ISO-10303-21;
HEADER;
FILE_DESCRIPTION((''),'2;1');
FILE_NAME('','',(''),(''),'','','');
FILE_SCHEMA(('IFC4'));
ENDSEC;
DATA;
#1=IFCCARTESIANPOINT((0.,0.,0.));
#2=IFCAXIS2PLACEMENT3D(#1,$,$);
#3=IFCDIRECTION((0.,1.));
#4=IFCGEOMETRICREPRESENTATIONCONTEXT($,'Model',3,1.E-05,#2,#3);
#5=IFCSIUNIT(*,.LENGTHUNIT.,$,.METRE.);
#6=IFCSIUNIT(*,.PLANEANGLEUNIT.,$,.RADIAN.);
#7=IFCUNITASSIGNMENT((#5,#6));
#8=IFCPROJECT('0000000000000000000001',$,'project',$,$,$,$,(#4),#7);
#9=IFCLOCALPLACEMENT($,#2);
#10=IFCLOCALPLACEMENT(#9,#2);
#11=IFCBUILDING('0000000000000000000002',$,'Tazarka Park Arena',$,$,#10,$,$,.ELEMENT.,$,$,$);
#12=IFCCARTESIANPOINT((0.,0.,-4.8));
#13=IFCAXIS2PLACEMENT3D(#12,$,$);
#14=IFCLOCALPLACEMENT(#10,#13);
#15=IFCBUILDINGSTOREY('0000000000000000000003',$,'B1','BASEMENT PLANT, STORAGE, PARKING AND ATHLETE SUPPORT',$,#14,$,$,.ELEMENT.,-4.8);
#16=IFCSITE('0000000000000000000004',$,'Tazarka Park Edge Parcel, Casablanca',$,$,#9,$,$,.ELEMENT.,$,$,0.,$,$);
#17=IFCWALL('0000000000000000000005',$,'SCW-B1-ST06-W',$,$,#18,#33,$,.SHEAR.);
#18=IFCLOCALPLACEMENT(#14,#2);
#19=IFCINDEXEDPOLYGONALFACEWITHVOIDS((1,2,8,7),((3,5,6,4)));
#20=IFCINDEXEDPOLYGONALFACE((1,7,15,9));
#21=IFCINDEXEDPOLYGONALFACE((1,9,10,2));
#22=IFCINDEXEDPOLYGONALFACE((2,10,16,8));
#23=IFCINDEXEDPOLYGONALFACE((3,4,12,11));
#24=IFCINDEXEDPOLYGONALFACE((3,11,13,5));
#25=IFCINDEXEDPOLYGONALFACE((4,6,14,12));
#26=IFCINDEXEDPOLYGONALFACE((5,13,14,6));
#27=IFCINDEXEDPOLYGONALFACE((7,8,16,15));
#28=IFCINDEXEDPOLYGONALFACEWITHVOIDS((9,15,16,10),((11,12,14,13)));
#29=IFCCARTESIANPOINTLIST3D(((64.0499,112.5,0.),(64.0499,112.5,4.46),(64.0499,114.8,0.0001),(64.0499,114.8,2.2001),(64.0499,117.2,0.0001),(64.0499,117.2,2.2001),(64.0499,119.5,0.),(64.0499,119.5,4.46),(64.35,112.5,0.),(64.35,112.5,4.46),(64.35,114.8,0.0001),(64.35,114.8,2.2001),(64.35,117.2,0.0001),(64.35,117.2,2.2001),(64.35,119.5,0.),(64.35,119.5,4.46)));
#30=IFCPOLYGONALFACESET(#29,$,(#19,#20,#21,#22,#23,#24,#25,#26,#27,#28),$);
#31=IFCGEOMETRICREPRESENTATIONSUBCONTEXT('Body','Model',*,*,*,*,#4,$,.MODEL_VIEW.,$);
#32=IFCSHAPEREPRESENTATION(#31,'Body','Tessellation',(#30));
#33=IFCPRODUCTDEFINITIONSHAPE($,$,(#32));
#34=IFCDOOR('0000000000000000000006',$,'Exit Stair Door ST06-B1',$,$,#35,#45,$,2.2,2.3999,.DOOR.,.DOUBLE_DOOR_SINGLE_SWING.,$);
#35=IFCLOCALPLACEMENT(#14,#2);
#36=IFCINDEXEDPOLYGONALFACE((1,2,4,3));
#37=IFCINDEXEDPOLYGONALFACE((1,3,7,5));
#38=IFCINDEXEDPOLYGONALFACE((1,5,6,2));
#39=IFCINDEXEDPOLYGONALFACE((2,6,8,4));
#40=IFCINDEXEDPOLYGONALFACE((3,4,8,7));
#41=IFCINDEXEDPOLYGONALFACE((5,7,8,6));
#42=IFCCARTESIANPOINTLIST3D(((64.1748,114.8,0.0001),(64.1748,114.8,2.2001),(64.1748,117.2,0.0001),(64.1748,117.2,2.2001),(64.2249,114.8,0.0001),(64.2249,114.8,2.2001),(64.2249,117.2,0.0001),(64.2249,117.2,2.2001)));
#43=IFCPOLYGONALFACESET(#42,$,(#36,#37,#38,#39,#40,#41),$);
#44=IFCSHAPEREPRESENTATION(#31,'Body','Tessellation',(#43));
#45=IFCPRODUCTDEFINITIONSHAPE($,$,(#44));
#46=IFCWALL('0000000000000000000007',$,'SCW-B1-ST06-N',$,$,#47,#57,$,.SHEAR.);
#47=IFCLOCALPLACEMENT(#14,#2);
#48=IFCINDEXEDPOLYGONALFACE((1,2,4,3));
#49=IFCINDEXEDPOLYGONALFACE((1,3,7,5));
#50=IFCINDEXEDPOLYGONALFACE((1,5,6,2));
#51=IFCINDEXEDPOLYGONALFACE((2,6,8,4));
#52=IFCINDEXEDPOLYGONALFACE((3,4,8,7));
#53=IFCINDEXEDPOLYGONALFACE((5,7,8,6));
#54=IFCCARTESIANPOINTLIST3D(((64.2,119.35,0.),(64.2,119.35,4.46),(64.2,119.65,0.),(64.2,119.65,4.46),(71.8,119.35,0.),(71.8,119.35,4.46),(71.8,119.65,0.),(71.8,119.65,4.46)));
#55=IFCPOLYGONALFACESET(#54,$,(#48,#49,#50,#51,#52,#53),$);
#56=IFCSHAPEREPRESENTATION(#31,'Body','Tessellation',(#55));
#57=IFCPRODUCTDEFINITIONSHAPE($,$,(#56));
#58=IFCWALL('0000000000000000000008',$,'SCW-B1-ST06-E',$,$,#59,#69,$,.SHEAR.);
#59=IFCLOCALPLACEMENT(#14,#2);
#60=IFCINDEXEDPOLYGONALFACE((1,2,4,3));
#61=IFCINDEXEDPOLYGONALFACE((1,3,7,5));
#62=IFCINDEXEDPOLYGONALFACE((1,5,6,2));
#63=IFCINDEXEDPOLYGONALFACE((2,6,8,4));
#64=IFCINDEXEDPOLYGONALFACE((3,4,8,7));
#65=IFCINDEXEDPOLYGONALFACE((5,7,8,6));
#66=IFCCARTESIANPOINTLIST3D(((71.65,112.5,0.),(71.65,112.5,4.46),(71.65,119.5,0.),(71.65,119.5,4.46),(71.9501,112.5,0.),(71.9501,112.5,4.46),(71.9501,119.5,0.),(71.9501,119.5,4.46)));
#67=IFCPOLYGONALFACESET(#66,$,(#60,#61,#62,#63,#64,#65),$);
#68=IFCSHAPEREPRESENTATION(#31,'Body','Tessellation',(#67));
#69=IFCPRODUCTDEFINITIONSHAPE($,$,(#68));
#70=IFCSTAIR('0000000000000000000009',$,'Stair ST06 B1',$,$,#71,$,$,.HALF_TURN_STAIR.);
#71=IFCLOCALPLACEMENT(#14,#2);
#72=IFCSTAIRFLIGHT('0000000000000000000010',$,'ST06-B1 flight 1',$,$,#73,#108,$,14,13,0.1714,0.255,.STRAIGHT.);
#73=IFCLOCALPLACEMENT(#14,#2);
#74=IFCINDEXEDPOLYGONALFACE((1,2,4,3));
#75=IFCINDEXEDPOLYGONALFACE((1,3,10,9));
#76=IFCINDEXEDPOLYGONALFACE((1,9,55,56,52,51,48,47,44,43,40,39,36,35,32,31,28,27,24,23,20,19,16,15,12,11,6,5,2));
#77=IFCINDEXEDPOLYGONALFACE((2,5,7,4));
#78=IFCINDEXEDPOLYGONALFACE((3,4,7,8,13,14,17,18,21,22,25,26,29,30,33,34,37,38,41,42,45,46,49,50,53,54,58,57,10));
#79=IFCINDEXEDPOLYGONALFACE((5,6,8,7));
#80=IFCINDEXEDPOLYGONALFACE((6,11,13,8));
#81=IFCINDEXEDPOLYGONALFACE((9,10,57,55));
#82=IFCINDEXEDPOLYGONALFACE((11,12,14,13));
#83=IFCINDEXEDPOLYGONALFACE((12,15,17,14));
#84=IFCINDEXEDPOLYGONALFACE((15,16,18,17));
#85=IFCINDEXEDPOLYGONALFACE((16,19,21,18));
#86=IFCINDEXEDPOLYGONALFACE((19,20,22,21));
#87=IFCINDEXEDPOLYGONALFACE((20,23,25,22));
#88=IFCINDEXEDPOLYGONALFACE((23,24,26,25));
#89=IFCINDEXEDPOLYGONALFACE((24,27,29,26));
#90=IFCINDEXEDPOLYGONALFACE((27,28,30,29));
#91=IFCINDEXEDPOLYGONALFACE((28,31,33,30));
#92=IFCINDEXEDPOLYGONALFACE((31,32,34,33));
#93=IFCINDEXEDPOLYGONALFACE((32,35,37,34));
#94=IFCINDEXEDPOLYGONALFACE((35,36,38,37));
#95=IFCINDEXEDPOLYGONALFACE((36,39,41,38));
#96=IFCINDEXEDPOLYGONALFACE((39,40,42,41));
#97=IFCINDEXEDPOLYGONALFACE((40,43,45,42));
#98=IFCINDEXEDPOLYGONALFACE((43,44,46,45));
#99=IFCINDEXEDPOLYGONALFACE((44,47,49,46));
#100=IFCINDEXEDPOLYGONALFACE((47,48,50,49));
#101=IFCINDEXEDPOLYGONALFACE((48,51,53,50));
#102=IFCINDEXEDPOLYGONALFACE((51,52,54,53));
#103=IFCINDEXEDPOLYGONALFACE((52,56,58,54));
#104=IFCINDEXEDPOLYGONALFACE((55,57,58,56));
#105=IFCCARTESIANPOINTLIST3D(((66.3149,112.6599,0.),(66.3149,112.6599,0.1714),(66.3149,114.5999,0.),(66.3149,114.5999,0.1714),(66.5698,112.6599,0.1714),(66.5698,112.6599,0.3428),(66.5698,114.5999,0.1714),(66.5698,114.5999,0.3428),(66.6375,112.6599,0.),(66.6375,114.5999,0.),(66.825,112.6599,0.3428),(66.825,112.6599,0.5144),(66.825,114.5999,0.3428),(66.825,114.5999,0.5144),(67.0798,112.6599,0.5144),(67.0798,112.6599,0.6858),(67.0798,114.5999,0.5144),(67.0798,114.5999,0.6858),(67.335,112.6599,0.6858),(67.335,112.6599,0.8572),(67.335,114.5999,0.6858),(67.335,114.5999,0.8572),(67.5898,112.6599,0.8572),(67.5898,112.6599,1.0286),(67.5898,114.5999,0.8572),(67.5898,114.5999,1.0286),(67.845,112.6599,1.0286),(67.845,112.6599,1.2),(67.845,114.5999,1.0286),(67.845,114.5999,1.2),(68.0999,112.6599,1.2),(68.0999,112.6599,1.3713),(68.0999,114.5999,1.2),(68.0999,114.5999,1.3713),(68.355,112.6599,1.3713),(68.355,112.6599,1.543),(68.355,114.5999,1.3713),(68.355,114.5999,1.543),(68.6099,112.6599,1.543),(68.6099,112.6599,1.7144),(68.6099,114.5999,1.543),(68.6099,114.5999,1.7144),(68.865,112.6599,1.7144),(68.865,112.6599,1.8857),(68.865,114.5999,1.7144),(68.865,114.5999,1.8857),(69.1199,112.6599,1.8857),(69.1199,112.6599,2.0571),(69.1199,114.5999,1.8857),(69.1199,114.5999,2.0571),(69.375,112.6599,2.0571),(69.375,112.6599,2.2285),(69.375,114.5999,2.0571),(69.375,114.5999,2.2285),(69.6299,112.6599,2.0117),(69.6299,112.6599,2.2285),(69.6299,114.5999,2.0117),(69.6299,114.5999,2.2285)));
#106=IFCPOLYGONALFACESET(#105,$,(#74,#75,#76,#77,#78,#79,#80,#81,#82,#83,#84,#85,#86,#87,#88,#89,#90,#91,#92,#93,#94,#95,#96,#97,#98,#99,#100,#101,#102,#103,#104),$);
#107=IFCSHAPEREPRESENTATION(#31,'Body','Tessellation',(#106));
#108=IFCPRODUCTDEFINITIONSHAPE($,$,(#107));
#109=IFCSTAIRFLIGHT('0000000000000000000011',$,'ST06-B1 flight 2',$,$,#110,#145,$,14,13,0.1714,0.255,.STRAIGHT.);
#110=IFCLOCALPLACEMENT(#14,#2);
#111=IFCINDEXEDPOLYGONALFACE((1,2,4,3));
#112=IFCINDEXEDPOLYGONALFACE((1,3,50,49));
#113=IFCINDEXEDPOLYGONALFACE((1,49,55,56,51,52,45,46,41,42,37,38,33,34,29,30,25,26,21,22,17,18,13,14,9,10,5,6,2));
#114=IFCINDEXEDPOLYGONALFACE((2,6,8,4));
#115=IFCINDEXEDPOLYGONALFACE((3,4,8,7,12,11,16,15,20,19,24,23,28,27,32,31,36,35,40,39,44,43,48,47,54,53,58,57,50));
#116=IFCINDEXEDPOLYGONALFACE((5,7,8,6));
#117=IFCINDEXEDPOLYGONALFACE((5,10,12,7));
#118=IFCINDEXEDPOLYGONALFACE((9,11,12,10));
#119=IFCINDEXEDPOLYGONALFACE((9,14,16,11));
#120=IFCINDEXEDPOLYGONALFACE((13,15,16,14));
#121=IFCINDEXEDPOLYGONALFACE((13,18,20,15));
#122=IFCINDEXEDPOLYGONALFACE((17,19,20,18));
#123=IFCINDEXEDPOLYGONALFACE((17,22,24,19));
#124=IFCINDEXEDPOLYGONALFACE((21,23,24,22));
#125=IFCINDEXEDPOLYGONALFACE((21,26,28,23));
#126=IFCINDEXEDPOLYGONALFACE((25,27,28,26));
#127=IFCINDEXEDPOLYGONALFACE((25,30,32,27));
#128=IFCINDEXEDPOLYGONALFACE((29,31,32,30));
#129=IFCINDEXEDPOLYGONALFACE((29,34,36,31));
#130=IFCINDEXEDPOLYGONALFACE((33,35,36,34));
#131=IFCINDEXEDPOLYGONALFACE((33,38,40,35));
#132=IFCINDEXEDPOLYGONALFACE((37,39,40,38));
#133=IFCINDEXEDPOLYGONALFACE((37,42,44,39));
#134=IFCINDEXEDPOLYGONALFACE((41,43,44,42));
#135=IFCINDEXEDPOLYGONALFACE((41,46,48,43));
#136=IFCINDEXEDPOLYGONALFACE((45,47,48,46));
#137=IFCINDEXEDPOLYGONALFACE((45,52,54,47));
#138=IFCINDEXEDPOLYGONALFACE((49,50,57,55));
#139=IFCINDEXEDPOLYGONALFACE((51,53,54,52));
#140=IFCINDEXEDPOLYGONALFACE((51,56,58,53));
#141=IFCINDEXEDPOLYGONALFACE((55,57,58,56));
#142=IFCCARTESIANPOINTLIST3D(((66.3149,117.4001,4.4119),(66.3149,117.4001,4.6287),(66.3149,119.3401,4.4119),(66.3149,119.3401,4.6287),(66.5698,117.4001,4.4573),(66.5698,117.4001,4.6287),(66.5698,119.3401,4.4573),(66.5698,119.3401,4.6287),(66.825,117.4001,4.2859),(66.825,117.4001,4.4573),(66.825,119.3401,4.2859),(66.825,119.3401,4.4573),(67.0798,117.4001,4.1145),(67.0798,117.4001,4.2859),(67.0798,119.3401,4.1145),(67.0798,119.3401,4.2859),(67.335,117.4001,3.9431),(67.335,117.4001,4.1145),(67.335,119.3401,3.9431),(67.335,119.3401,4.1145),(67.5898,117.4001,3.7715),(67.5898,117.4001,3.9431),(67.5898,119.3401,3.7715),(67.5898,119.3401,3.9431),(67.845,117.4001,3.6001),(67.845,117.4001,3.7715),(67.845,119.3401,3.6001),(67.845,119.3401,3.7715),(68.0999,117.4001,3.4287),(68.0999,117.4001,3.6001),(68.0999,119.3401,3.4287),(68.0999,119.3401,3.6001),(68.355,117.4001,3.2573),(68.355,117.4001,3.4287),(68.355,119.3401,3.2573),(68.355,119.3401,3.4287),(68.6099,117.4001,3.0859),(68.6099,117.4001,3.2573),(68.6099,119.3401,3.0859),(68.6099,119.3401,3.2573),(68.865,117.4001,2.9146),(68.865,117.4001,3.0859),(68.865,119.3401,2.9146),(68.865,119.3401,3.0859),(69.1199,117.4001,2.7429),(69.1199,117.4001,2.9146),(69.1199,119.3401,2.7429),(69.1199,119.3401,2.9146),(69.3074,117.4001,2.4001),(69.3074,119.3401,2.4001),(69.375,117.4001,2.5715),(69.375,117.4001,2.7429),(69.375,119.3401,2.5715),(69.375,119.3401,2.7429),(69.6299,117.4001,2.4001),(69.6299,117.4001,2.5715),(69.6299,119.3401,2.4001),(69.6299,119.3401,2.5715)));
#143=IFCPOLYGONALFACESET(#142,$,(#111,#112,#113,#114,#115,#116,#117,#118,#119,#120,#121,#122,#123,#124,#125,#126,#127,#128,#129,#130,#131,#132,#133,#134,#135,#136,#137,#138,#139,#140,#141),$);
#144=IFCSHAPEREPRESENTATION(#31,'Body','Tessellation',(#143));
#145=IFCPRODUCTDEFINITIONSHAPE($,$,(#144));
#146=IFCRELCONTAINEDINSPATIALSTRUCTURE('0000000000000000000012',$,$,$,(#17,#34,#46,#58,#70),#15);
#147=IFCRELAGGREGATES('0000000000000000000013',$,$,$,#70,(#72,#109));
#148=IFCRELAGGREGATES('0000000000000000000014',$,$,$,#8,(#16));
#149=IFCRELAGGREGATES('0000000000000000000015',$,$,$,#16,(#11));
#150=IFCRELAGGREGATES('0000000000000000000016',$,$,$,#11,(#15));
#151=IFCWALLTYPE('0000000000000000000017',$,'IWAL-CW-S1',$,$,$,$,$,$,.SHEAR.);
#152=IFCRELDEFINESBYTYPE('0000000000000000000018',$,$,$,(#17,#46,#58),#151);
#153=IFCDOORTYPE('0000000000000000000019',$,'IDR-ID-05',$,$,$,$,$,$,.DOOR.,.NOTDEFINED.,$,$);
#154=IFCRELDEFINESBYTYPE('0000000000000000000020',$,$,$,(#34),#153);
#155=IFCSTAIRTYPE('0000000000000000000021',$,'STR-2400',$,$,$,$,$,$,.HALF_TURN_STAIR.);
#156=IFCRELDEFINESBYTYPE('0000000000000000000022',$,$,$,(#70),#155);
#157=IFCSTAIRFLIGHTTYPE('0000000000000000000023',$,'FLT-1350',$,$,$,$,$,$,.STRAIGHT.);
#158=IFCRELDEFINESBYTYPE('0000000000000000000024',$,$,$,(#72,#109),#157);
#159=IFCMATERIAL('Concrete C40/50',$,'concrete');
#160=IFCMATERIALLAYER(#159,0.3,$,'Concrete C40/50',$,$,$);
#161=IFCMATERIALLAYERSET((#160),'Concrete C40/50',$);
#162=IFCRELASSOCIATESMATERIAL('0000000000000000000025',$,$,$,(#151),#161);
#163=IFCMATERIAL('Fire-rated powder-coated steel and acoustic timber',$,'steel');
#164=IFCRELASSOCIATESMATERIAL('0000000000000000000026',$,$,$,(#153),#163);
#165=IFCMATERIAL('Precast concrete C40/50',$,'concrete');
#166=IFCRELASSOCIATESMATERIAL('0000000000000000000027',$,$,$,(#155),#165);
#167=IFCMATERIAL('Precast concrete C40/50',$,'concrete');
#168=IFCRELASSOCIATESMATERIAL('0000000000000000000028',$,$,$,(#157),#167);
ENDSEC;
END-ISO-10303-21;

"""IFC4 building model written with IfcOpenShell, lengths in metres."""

from ifc_helpers import new_model, si_unit, direction, frame, frame_2d, origin, place, context, subcontext, project, spatial, polyline, rectangle, outline, extrude, material, layer, layer_set, type_object, element, fill, aggregate, save


model = new_model("IFC4")

# Units and contexts
model_context = context("Model", 3, precision=1e-05, world=origin(), true_north=direction((0.0, 1.0)))
body_context = subcontext(model_context, "Body", "Model", "MODEL_VIEW")
ifc_project = project(units=[si_unit("LENGTHUNIT", "METRE"), si_unit("PLANEANGLEUNIT", "RADIAN")], contexts=[model_context])

# Site, building, storey
site_placement = place(None, origin())
site = spatial("IfcSite", under=ifc_project, at=site_placement, Name="Tazarka Park Edge Parcel, Casablanca", CompositionType="ELEMENT", RefElevation=0.0)
building_placement = place(site_placement, origin())
building = spatial("IfcBuilding", under=site, at=building_placement, Name="Tazarka Park Arena", CompositionType="ELEMENT")
storey_placement = place(building_placement, frame((0.0, 0.0, -4.8)))
storey = spatial("IfcBuildingStorey", under=building, at=storey_placement, Name="B1", Description="BASEMENT PLANT, STORAGE, PARKING AND ATHLETE SUPPORT", CompositionType="ELEMENT", Elevation=-4.8)

# Shared definitions
ifc_material_1 = material(Name="Concrete C40/50", Category="concrete")
ifc_layer = layer(ifc_material_1, 0.3, Name="Concrete C40/50")
ifc_layer_set = layer_set([ifc_layer], Name="Concrete C40/50")
wall_type = type_object("IfcWallType", Name="IWAL-CW-S1", PredefinedType="SHEAR", material=ifc_layer_set)

# Wall, opening, door
wall_1_placement = place(storey_placement, frame((64.2, 112.5, 0.0), z_axis=(0.0, 0.0, 1.0), x_axis=(0.0, 1.0, 0.0)))
wall_1 = element("IfcWall", 1, at=wall_1_placement, inside=storey, type_object=wall_type, Name="SCW-B1-ST06-W", PredefinedType="SHEAR", context=body_context, shape_type="SweptSolid", body=[
    extrude(rectangle(XDim=7.0, YDim=0.3, at=frame_2d((3.5, 0.0))), origin(), (0.0, 0.0, 1.0), 4.46),
])
opening_placement = place(wall_1_placement, frame((2.3, 0.0, 0.0)))
opening = element("IfcOpeningElement", 2, at=opening_placement, cuts=wall_1, PredefinedType="OPENING", context=body_context, shape_type="SweptSolid", body=[
    extrude(rectangle(XDim=2.3999, YDim=2.2, at=frame_2d((1.2, 1.1001))), frame((0.0, 0.1602, 0.0), z_axis=(0.0, -1.0, 0.0), x_axis=(1.0, 0.0, 0.0)), (0.0, 0.0, 1.0), 0.3201),
])
ifc_material_2 = material(Name="Fire-rated powder-coated steel and acoustic timber", Category="steel")
door_type = type_object("IfcDoorType", Name="IDR-ID-05", OperationType="NOTDEFINED", PredefinedType="DOOR", material=ifc_material_2)
door_placement = place(opening_placement, frame((2.3999, 0.0, 0.0), z_axis=(0.0, 0.0, 1.0), x_axis=(-1.0, 0.0, 0.0)))
door = element("IfcDoor", 3, at=door_placement, inside=storey, type_object=door_type, Name="Exit Stair Door ST06-B1", OperationType="DOUBLE_DOOR_SINGLE_SWING", OverallHeight=2.2, OverallWidth=2.3999, PredefinedType="DOOR", context=body_context, shape_type="SweptSolid", body=[
    extrude(rectangle(XDim=2.3999, YDim=2.2, at=frame_2d((1.2, 1.1001))), frame((0.0, 0.0249, 0.0), z_axis=(0.0, -1.0, 0.0), x_axis=(1.0, 0.0, 0.0)), (0.0, 0.0, 1.0), 0.05),
])
fill(opening, door)

# Walls
wall_2_placement = place(storey_placement, frame((64.2, 119.5, 0.0), z_axis=(0.0, 0.0, 1.0), x_axis=(1.0, 0.0, 0.0)))
element("IfcWall", 4, at=wall_2_placement, inside=storey, type_object=wall_type, Name="SCW-B1-ST06-N", PredefinedType="SHEAR", context=body_context, shape_type="SweptSolid", body=[
    extrude(rectangle(XDim=7.6001, YDim=0.3, at=frame_2d((3.8, 0.0))), origin(), (0.0, 0.0, 1.0), 4.46),
])
wall_3_placement = place(storey_placement, frame((71.8, 119.5, 0.0), z_axis=(0.0, 0.0, 1.0), x_axis=(0.0, -1.0, 0.0)))
element("IfcWall", 5, at=wall_3_placement, inside=storey, type_object=wall_type, Name="SCW-B1-ST06-E", PredefinedType="SHEAR", context=body_context, shape_type="SweptSolid", body=[
    extrude(rectangle(XDim=7.0, YDim=0.3, at=frame_2d((3.5, 0.0))), origin(), (0.0, 0.0, 1.0), 4.46),
])

# Stair, stair flights
ifc_material_3 = material(Name="Precast concrete C40/50", Category="concrete")
stair_type = type_object("IfcStairType", Name="STR-2400", PredefinedType="HALF_TURN_STAIR", material=ifc_material_3)
stair_placement = place(storey_placement, origin())
stair = element("IfcStair", 6, at=stair_placement, inside=storey, type_object=stair_type, Name="Stair ST06 B1", PredefinedType="HALF_TURN_STAIR")
ifc_material_4 = material(Name="Precast concrete C40/50", Category="concrete")
stair_flight_type = type_object("IfcStairFlightType", Name="FLT-1350", PredefinedType="STRAIGHT", material=ifc_material_4)
stair_flight_1_placement = place(storey_placement, frame((66.3149, 113.6299, 0.0), z_axis=(0.0, 0.0, 1.0), x_axis=(1.0, 0.0, 0.0)))
stair_flight_1 = element("IfcStairFlight", 7, at=stair_flight_1_placement, type_object=stair_flight_type, Name="ST06-B1 flight 1", NumberOfRisers=14, NumberOfTreads=13, PredefinedType="STRAIGHT", RiserHeight=0.1714, TreadLength=0.255, context=body_context, shape_type="SweptSolid", body=[
    extrude(outline(polyline([(0.0, 0.0), (0.0, 0.1714), (0.2549, 0.1714), (0.2549, 0.3428), (0.51, 0.3428), (0.51, 0.5144), (0.7649, 0.5144), (0.7649, 0.6858), (1.02, 0.6858), (1.02, 0.8572), (1.2749, 0.8572), (1.2749, 1.0286), (1.53, 1.0286), (1.53, 1.2), (1.7849, 1.2), (1.7849, 1.3713), (2.04, 1.3713), (2.04, 1.543), (2.2949, 1.543), (2.2949, 1.7144), (2.55, 1.7144), (2.55, 1.8857), (2.8049, 1.8857), (2.8049, 2.0571), (3.0601, 2.0571), (3.0601, 2.2285), (3.3149, 2.2285), (3.3149, 2.3999), (3.3149, 2.0117), (0.3225, 0.0), (0.0, 0.0)])), frame((0.0, 0.97, 0.0), z_axis=(0.0, -1.0, 0.0), x_axis=(1.0, 0.0, 0.0)), (0.0, 0.0, 1.0), 1.9399),
])
stair_flight_2_placement = place(storey_placement, frame((69.6299, 118.3701, 2.4001), z_axis=(0.0, 0.0, 1.0), x_axis=(-1.0, 0.0, 0.0)))
stair_flight_2 = element("IfcStairFlight", 8, at=stair_flight_2_placement, type_object=stair_flight_type, Name="ST06-B1 flight 2", NumberOfRisers=14, NumberOfTreads=13, PredefinedType="STRAIGHT", RiserHeight=0.1714, TreadLength=0.255, context=body_context, shape_type="SweptSolid", body=[
    extrude(outline(polyline([(0.0, 0.0), (0.0, 0.1714), (0.2549, 0.1714), (0.2549, 0.3428), (0.51, 0.3428), (0.51, 0.5144), (0.7649, 0.5144), (0.7649, 0.6858), (1.02, 0.6858), (1.02, 0.8572), (1.2749, 0.8572), (1.2749, 1.0286), (1.53, 1.0286), (1.53, 1.2), (1.7849, 1.2), (1.7849, 1.3713), (2.04, 1.3713), (2.04, 1.543), (2.2949, 1.543), (2.2949, 1.7144), (2.55, 1.7144), (2.55, 1.8857), (2.8049, 1.8857), (2.8049, 2.0571), (3.0601, 2.0571), (3.0601, 2.2285), (3.3149, 2.2285), (3.3149, 2.3999), (3.3149, 2.0117), (0.3225, 0.0), (0.0, 0.0)])), frame((0.0, 0.97, 0.0), z_axis=(0.0, -1.0, 0.0), x_axis=(1.0, 0.0, 0.0)), (0.0, 0.0, 1.0), 1.9399),
])
aggregate(stair, [stair_flight_1, stair_flight_2])

save(model, "model.ifc")
